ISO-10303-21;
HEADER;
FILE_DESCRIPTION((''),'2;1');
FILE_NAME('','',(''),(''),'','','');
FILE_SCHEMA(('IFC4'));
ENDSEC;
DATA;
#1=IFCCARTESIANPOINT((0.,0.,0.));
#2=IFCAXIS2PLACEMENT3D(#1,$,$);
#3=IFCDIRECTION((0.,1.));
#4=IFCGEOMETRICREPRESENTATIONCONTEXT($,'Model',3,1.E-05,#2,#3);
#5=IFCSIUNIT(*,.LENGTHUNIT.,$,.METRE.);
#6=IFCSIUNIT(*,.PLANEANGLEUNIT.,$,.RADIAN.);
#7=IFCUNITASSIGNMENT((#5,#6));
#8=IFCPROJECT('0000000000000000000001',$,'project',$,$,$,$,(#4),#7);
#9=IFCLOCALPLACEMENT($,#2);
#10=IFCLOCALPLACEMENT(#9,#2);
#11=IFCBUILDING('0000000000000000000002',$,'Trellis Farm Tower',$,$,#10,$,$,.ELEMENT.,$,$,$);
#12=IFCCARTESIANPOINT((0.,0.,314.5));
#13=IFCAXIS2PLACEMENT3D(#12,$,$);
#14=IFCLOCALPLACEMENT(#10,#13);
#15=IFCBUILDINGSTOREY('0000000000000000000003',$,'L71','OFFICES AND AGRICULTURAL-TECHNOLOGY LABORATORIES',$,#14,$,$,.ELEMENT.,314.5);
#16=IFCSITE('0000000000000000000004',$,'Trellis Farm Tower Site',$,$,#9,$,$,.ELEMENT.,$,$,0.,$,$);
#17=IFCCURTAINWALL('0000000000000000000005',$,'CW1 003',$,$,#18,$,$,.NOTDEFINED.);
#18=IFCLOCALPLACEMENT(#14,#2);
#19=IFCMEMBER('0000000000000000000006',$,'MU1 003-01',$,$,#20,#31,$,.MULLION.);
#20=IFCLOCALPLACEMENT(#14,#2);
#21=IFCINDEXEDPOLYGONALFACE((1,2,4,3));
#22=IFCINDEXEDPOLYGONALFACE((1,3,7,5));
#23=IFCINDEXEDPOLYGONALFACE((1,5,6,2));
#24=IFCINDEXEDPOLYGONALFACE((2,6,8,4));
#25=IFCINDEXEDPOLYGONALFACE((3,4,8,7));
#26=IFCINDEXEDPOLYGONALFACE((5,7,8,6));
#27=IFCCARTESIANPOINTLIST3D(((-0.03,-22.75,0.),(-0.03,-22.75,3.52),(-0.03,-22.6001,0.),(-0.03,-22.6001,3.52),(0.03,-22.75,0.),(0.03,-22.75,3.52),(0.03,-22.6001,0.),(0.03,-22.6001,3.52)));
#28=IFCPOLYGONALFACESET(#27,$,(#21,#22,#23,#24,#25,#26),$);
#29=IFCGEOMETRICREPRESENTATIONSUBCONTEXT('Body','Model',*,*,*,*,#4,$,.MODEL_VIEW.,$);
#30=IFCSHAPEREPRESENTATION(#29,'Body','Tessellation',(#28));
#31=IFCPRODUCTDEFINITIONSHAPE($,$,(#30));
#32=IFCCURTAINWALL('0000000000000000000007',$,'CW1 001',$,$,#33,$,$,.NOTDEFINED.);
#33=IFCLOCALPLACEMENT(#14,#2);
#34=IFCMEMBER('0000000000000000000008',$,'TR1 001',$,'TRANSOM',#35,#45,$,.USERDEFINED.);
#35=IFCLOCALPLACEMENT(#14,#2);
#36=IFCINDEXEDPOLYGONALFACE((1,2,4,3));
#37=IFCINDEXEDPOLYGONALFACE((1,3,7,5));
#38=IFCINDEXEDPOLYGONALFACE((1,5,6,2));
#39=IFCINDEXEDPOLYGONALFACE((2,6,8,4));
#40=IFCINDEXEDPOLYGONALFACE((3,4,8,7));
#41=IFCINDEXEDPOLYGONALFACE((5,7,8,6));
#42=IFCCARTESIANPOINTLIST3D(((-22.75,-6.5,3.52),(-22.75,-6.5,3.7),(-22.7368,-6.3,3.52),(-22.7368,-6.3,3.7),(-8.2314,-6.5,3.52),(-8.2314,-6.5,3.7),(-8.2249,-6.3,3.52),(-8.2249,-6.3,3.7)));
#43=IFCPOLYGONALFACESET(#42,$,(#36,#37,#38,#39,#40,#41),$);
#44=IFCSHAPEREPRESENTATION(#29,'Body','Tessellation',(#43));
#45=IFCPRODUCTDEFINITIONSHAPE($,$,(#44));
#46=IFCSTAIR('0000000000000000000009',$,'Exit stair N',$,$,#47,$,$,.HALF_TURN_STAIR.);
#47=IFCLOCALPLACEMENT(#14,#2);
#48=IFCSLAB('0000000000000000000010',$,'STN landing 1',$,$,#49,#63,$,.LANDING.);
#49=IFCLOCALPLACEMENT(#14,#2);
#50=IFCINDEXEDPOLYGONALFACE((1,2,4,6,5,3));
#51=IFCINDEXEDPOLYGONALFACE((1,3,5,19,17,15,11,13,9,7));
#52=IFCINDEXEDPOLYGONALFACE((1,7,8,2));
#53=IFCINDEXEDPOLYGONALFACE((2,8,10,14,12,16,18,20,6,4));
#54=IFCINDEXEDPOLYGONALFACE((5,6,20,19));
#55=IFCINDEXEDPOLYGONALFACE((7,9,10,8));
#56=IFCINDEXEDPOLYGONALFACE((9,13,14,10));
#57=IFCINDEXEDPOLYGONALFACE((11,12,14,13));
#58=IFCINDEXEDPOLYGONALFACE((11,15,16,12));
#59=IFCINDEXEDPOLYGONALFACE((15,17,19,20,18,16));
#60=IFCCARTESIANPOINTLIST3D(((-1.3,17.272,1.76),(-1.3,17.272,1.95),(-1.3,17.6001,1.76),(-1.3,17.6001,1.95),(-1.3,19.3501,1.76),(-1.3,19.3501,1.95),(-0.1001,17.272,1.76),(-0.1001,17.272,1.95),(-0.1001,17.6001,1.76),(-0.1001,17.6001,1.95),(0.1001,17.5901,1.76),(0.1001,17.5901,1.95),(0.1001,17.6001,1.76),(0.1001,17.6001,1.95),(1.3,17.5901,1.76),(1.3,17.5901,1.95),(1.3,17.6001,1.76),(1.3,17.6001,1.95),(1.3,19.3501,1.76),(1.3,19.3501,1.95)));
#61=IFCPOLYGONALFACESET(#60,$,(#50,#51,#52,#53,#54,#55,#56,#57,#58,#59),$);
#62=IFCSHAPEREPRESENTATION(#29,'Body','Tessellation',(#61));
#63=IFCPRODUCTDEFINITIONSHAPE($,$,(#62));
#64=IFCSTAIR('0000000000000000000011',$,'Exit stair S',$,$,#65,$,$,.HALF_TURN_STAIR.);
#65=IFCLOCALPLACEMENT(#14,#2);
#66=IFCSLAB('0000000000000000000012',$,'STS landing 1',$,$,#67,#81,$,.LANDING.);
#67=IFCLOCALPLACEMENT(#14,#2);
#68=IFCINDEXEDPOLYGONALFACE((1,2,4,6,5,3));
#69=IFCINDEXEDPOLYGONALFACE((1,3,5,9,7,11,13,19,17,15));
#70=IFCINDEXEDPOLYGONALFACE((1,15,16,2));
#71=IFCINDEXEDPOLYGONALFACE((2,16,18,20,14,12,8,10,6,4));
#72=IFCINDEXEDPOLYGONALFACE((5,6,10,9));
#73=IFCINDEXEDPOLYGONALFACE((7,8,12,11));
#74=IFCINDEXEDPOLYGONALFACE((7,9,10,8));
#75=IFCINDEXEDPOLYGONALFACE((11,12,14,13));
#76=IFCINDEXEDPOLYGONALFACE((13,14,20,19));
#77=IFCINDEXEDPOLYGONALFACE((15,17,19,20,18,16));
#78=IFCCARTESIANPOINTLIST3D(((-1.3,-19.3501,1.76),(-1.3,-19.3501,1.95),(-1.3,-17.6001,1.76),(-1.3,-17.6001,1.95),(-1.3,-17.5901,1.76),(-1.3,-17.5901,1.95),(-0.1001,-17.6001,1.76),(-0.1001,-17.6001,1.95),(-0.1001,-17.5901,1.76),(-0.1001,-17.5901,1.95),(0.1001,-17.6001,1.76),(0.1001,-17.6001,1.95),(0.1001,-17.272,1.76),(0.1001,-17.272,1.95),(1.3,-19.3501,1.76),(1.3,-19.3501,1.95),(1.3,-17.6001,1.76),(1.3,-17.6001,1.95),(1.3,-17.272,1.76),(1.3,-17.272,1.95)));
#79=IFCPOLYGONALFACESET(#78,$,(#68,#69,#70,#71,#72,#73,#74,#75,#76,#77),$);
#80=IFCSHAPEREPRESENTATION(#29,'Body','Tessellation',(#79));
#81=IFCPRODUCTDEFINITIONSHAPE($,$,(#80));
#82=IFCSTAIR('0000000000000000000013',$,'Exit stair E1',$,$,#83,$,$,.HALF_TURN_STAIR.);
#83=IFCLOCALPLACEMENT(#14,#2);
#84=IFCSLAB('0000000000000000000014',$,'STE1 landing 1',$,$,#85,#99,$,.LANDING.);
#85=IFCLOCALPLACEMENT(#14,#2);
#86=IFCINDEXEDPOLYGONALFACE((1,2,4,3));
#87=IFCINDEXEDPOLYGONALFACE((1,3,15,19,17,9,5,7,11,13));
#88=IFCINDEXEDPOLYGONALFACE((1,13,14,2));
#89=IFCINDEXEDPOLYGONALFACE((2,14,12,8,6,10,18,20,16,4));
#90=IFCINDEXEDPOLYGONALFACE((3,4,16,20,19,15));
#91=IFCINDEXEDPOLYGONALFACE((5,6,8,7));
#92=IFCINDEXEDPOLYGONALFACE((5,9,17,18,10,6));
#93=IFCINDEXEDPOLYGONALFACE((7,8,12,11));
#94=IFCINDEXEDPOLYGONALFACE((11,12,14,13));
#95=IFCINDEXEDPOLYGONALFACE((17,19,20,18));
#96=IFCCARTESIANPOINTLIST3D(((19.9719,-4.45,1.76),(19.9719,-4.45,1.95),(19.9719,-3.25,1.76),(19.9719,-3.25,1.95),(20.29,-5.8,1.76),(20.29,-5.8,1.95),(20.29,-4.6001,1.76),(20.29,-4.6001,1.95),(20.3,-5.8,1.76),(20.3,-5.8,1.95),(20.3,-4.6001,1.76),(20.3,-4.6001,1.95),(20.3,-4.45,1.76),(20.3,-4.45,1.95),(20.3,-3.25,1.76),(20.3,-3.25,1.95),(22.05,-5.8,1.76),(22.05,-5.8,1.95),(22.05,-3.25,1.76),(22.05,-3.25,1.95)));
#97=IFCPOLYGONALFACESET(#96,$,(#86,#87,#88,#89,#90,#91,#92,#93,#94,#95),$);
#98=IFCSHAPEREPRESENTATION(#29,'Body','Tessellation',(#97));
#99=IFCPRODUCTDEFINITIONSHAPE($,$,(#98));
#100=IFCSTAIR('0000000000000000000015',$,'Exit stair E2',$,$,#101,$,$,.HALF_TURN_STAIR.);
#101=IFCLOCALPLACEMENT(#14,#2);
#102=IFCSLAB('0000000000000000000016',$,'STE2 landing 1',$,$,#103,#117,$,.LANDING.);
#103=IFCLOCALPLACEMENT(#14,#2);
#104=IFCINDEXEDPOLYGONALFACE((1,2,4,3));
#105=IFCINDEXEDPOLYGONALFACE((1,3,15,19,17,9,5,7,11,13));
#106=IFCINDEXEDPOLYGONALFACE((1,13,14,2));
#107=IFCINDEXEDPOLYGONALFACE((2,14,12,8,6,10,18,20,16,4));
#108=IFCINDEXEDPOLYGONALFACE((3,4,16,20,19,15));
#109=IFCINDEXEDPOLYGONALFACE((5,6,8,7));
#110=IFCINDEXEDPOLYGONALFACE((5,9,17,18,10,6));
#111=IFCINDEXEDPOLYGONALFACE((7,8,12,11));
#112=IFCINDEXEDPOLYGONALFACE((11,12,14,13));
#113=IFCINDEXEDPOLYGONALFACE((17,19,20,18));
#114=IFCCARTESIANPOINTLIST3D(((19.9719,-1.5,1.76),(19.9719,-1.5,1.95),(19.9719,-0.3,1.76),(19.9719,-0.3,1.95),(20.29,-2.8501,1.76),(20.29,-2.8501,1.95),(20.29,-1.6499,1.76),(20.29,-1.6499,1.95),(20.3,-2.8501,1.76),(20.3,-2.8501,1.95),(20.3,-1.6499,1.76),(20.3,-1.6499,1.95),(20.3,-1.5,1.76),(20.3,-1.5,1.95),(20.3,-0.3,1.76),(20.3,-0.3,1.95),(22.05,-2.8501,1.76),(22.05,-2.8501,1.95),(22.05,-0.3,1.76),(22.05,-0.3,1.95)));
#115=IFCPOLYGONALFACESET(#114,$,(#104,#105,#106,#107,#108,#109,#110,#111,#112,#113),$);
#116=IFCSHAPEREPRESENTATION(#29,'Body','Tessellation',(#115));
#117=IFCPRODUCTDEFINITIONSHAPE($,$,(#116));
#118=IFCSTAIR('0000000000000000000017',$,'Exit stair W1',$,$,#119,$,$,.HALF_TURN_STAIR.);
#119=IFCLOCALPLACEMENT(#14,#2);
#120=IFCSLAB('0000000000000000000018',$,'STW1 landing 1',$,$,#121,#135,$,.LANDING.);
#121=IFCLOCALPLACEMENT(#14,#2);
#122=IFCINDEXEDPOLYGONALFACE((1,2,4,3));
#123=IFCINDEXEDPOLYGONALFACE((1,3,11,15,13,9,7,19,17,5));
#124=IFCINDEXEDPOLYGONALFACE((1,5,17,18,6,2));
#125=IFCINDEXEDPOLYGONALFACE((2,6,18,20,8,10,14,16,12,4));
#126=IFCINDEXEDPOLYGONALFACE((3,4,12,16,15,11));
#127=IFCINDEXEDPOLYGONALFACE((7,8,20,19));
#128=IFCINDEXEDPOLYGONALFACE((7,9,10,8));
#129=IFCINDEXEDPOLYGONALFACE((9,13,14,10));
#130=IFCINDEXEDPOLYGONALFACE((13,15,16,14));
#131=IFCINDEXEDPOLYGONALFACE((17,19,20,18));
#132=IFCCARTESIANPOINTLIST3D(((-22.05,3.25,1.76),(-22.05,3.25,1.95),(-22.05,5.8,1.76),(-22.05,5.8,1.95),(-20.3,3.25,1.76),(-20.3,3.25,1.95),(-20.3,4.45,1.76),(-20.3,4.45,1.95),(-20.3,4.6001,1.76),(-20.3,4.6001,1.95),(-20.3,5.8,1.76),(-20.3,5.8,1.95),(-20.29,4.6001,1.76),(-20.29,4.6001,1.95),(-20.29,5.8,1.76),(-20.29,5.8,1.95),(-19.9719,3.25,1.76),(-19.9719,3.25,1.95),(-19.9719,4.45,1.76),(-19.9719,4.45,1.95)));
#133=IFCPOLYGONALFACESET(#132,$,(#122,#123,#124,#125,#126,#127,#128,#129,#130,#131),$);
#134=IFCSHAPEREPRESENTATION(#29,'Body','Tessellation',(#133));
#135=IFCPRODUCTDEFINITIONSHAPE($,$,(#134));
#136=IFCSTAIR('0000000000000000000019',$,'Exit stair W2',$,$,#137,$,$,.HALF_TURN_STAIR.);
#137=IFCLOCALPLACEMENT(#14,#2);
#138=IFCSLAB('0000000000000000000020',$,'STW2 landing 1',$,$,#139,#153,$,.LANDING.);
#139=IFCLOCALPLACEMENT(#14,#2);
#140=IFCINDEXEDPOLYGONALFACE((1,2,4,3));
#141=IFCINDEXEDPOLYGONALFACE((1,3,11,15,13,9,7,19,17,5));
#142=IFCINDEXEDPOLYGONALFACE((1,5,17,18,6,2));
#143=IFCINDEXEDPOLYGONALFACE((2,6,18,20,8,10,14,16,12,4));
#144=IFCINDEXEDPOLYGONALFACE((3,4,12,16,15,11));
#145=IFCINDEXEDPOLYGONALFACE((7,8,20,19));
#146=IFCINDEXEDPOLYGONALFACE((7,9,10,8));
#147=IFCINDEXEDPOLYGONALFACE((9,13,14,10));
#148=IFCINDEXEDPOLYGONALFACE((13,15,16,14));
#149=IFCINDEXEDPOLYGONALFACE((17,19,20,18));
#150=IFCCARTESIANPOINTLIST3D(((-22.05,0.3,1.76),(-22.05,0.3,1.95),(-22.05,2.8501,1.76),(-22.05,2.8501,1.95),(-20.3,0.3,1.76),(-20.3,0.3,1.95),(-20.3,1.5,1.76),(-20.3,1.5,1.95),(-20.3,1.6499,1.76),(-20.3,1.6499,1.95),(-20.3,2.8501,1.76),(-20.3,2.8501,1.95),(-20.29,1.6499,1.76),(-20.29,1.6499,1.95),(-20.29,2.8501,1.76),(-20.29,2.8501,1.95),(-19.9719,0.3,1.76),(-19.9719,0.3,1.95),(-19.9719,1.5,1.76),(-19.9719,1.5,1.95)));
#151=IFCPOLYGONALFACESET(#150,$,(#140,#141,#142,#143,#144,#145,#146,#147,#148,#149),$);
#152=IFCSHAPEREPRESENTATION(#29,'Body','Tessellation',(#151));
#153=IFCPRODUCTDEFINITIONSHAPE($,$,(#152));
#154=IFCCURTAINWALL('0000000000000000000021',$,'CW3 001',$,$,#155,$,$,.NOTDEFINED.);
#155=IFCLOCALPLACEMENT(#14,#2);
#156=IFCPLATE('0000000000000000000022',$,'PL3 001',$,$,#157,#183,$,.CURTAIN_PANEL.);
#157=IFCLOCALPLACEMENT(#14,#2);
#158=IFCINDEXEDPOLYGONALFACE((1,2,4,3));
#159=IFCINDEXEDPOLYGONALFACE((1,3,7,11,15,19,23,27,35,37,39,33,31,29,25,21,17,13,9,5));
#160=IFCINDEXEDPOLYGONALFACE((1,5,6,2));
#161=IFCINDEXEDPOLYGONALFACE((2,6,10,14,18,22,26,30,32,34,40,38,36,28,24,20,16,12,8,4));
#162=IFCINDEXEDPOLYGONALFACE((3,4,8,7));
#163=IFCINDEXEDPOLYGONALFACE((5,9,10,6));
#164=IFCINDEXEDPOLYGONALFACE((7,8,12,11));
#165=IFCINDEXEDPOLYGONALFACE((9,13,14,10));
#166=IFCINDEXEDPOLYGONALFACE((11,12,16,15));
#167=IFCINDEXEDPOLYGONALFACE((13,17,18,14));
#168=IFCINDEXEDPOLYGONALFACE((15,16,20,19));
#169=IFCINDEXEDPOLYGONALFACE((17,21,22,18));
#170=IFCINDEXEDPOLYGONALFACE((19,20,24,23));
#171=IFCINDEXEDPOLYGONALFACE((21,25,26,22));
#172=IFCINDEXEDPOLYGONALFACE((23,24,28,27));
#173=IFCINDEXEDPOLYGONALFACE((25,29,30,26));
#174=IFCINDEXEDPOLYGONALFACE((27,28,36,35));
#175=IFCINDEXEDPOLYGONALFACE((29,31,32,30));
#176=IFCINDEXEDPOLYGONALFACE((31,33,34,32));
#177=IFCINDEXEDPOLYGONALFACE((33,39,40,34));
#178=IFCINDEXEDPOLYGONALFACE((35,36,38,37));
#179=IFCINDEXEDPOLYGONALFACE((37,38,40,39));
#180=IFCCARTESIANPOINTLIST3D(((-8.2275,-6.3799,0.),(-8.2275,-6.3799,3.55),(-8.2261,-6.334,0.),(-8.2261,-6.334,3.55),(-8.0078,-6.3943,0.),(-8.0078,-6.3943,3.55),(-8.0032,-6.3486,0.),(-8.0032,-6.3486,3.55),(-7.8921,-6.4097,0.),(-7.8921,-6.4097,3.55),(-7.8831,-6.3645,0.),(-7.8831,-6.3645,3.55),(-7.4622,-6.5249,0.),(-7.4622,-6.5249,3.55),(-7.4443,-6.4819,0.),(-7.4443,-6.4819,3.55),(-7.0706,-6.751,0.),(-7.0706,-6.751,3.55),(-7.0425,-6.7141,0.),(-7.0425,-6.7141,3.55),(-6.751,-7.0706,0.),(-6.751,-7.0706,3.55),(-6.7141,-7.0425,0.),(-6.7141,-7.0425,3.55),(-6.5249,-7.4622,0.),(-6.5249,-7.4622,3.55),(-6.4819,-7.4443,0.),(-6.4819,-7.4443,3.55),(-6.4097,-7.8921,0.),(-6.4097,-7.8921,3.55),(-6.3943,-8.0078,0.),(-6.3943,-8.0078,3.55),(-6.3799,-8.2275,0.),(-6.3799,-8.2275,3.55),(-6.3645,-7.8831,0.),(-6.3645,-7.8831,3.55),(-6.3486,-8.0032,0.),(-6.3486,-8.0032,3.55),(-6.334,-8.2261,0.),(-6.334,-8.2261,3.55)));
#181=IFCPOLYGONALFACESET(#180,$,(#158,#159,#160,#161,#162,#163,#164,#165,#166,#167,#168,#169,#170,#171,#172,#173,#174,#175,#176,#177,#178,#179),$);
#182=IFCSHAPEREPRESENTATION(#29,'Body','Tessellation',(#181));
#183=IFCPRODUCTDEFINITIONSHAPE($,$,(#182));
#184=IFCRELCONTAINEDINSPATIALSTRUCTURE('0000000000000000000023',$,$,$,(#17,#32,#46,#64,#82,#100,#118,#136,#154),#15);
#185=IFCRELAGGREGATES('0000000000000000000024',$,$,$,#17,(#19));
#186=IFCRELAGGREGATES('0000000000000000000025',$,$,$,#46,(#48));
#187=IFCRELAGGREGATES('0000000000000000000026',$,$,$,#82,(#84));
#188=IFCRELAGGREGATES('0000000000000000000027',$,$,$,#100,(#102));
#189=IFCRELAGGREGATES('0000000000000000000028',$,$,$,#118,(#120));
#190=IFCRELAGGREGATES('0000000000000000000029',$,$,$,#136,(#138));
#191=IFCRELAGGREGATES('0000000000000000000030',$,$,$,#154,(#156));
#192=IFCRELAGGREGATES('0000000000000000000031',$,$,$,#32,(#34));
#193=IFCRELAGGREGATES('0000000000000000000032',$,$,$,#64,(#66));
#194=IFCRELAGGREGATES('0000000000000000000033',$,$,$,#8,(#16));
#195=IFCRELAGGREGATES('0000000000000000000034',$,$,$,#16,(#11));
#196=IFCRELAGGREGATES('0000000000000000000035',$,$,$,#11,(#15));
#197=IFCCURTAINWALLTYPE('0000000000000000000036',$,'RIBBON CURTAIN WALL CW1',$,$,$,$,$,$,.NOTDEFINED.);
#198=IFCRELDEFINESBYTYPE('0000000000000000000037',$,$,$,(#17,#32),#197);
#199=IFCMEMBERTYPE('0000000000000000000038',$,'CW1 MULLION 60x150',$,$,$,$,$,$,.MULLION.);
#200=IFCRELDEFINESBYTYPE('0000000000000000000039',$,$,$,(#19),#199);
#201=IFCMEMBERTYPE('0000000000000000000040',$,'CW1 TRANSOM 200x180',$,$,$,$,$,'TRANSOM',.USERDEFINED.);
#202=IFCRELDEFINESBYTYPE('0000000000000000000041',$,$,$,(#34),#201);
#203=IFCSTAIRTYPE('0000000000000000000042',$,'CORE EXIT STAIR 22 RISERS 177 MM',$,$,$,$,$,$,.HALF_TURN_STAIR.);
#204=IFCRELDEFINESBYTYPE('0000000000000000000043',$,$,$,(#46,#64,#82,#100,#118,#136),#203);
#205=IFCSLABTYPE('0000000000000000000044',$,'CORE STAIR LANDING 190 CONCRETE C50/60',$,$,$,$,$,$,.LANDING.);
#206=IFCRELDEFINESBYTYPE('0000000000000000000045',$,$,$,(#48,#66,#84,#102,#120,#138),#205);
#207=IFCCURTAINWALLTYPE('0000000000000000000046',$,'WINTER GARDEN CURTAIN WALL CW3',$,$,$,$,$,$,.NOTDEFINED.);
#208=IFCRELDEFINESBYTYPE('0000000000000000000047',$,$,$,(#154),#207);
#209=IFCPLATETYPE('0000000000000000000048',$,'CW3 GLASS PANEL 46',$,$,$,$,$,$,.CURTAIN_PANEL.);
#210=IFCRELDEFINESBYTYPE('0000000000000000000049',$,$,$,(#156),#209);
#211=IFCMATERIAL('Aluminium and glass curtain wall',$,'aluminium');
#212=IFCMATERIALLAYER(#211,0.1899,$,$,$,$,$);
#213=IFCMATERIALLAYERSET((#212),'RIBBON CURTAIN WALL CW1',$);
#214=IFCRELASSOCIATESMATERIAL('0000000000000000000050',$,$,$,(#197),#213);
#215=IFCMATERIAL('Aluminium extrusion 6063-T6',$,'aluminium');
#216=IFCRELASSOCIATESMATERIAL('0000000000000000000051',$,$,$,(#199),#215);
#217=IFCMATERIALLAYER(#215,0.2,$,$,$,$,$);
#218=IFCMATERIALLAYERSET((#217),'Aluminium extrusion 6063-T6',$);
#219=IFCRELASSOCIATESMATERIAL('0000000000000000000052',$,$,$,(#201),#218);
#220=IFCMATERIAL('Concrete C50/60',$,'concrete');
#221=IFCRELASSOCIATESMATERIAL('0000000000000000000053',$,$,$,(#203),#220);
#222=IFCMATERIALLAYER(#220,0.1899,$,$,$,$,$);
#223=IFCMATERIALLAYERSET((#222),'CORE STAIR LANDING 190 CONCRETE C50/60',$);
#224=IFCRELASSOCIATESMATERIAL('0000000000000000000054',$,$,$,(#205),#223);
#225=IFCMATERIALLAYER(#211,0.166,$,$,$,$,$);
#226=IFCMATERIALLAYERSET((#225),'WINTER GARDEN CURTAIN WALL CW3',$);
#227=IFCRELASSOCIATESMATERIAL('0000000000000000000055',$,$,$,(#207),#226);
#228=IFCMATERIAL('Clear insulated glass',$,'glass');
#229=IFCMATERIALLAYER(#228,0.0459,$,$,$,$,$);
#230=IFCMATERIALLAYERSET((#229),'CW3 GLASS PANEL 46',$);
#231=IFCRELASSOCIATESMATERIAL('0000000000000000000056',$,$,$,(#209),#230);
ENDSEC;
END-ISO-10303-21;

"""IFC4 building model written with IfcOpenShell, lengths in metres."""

from ifc_helpers import new_model, si_unit, direction, frame, origin, origin_2d, place, context, subcontext, project, spatial, polyline, rectangle, outline, extrude, source, transform, mapped, material, layer, layer_set, material_profile, profile_set, type_object, element, aggregate, save


model = new_model("IFC4")

# Units and contexts
model_context = context("Model", 3, precision=1e-05, world=origin(), true_north=direction((0.0, 1.0)))
body_context = subcontext(model_context, "Body", "Model", "MODEL_VIEW")
ifc_project = project(units=[si_unit("LENGTHUNIT", "METRE"), si_unit("PLANEANGLEUNIT", "RADIAN")], contexts=[model_context])

# Site, building, storey
site_placement = place(None, origin())
site = spatial("IfcSite", under=ifc_project, at=site_placement, Name="Trellis Farm Tower Site", CompositionType="ELEMENT", RefElevation=0.0)
building_placement = place(site_placement, origin())
building = spatial("IfcBuilding", under=site, at=building_placement, Name="Trellis Farm Tower", CompositionType="ELEMENT")
storey_placement = place(building_placement, frame((0.0, 0.0, 314.5)))
storey = spatial("IfcBuildingStorey", under=building, at=storey_placement, Name="L71", Description="OFFICES AND AGRICULTURAL-TECHNOLOGY LABORATORIES", CompositionType="ELEMENT", Elevation=314.5)

# Curtain walls, members
ifc_material_1 = material(Name="Aluminium and glass curtain wall", Category="aluminium")
ifc_layer_1 = layer(ifc_material_1, 0.1899)
ifc_layer_set_1 = layer_set([ifc_layer_1], Name="RIBBON CURTAIN WALL CW1")
curtain_wall_type_1 = type_object("IfcCurtainWallType", Name="RIBBON CURTAIN WALL CW1", PredefinedType="NOTDEFINED", material=ifc_layer_set_1)
placement_1 = place(storey_placement, origin())
curtain_wall_1 = element("IfcCurtainWall", 1, at=placement_1, inside=storey, type_object=curtain_wall_type_1, Name="CW1 003", PredefinedType="NOTDEFINED")
ifc_material_2 = material(Name="Aluminium extrusion 6063-T6", Category="aluminium")
ifc_material_profile_1 = material_profile(ifc_material_2, rectangle(XDim=0.0601, YDim=0.1499, at=origin_2d()), Name="MULLION 60x150")
ifc_profile_set_1 = profile_set([ifc_material_profile_1], Name="Aluminium extrusion 6063-T6")
member_type_1 = type_object("IfcMemberType", Name="CW1 MULLION 60x150", PredefinedType="MULLION", material=ifc_profile_set_1)
shared_shape_1 = source(origin(), body_context, "Body", "SweptSolid", [
    extrude(rectangle(XDim=0.0601, YDim=0.1499, at=origin_2d()), origin(), (0.0, 0.0, 1.0), 3.52),
])
member_1_placement = place(storey_placement, frame((0.0, -22.675, 0.0), z_axis=(0.0, 0.0, 1.0), x_axis=(1.0, 0.0, 0.0)))
member_1 = element("IfcMember", 2, at=member_1_placement, type_object=member_type_1, Name="MU1 003-01", PredefinedType="MULLION", context=body_context, shape_type="MappedRepresentation", body=[
    mapped(shared_shape_1, transform((0.0, 0.0, 0.0))),
])
aggregate(curtain_wall_1, [member_1])
curtain_wall_2 = element("IfcCurtainWall", 3, at=placement_1, inside=storey, type_object=curtain_wall_type_1, Name="CW1 001", PredefinedType="NOTDEFINED")
ifc_layer_2 = layer(ifc_material_2, 0.2)
ifc_layer_set_2 = layer_set([ifc_layer_2], Name="Aluminium extrusion 6063-T6")
member_type_2 = type_object("IfcMemberType", Name="CW1 TRANSOM 200x180", ElementType="TRANSOM", PredefinedType="USERDEFINED", material=ifc_layer_set_2)
shared_shape_2 = source(origin(), body_context, "Body", "SweptSolid", [
    extrude(outline(polyline([(-22.75, -6.5), (-8.2314, -6.5), (-8.2249, -6.3), (-22.7368, -6.3), (-22.75, -6.5)])), origin(), (0.0, 0.0, 1.0), 0.1799),
])
member_2_placement = place(storey_placement, frame((0.0, 0.0, 3.52)))
member_2 = element("IfcMember", 4, at=member_2_placement, type_object=member_type_2, Name="TR1 001", ObjectType="TRANSOM", PredefinedType="USERDEFINED", context=body_context, shape_type="MappedRepresentation", body=[
    mapped(shared_shape_2, transform((0.0, 0.0, 0.0))),
])

# Stairs, slabs
ifc_material_3 = material(Name="Concrete C50/60", Category="concrete")
stair_type = type_object("IfcStairType", Name="CORE EXIT STAIR 22 RISERS 177 MM", PredefinedType="HALF_TURN_STAIR", material=ifc_material_3)
stair_1 = element("IfcStair", 5, at=placement_1, inside=storey, type_object=stair_type, Name="Exit stair N", PredefinedType="HALF_TURN_STAIR")
ifc_layer_3 = layer(ifc_material_3, 0.1899)
ifc_layer_set_3 = layer_set([ifc_layer_3], Name="CORE STAIR LANDING 190 CONCRETE C50/60")
slab_type_1 = type_object("IfcSlabType", Name="CORE STAIR LANDING 190 CONCRETE C50/60", PredefinedType="LANDING", material=ifc_layer_set_3)
shared_shape_3 = source(origin(), body_context, "Body", "SweptSolid", [
    extrude(outline(polyline([(-0.1001, 17.272), (-1.3, 17.272), (-1.3, 17.6001), (-1.3, 19.3501), (1.3, 19.3501), (1.3, 17.6001), (1.3, 17.5901), (0.1001, 17.5901), (0.1001, 17.6001), (-0.1001, 17.6001), (-0.1001, 17.272)])), origin(), (0.0, 0.0, 1.0), 0.1899),
])
placement_2 = place(storey_placement, frame((0.0, 0.0, 1.76)))
slab_1 = element("IfcSlab", 6, at=placement_2, type_object=slab_type_1, Name="STN landing 1", PredefinedType="LANDING", context=body_context, shape_type="MappedRepresentation", body=[
    mapped(shared_shape_3, transform((0.0, 0.0, 0.0))),
])
aggregate(stair_1, [slab_1])
stair_2 = element("IfcStair", 7, at=placement_1, inside=storey, type_object=stair_type, Name="Exit stair S", PredefinedType="HALF_TURN_STAIR")
shared_shape_4 = source(origin(), body_context, "Body", "SweptSolid", [
    extrude(outline(polyline([(1.3, -19.3501), (-1.3, -19.3501), (-1.3, -17.6001), (-1.3, -17.5901), (-0.1001, -17.5901), (-0.1001, -17.6001), (0.1001, -17.6001), (0.1001, -17.272), (1.3, -17.272), (1.3, -17.6001), (1.3, -19.3501)])), origin(), (0.0, 0.0, 1.0), 0.1899),
])
slab_2 = element("IfcSlab", 8, at=placement_2, type_object=slab_type_1, Name="STS landing 1", PredefinedType="LANDING", context=body_context, shape_type="MappedRepresentation", body=[
    mapped(shared_shape_4, transform((0.0, 0.0, 0.0))),
])
stair_3 = element("IfcStair", 9, at=placement_1, inside=storey, type_object=stair_type, Name="Exit stair E1", PredefinedType="HALF_TURN_STAIR")
shared_shape_5 = source(origin(), body_context, "Body", "SweptSolid", [
    extrude(outline(polyline([(20.29, -5.8), (20.29, -4.6001), (20.3, -4.6001), (20.3, -4.45), (19.9719, -4.45), (19.9719, -3.25), (20.3, -3.25), (22.05, -3.25), (22.05, -5.8), (20.3, -5.8), (20.29, -5.8)])), origin(), (0.0, 0.0, 1.0), 0.1899),
])
slab_3 = element("IfcSlab", 10, at=placement_2, type_object=slab_type_1, Name="STE1 landing 1", PredefinedType="LANDING", context=body_context, shape_type="MappedRepresentation", body=[
    mapped(shared_shape_5, transform((0.0, 0.0, 0.0))),
])
aggregate(stair_3, [slab_3])
stair_4 = element("IfcStair", 11, at=placement_1, inside=storey, type_object=stair_type, Name="Exit stair E2", PredefinedType="HALF_TURN_STAIR")
shared_shape_6 = source(origin(), body_context, "Body", "SweptSolid", [
    extrude(outline(polyline([(20.29, -2.8501), (20.29, -1.6499), (20.3, -1.6499), (20.3, -1.5), (19.9719, -1.5), (19.9719, -0.3), (20.3, -0.3), (22.05, -0.3), (22.05, -2.8501), (20.3, -2.8501), (20.29, -2.8501)])), origin(), (0.0, 0.0, 1.0), 0.1899),
])
slab_4 = element("IfcSlab", 12, at=placement_2, type_object=slab_type_1, Name="STE2 landing 1", PredefinedType="LANDING", context=body_context, shape_type="MappedRepresentation", body=[
    mapped(shared_shape_6, transform((0.0, 0.0, 0.0))),
])
aggregate(stair_4, [slab_4])
stair_5 = element("IfcStair", 13, at=placement_1, inside=storey, type_object=stair_type, Name="Exit stair W1", PredefinedType="HALF_TURN_STAIR")
shared_shape_7 = source(origin(), body_context, "Body", "SweptSolid", [
    extrude(outline(polyline([(-19.9719, 4.45), (-19.9719, 3.25), (-20.3, 3.25), (-22.05, 3.25), (-22.05, 5.8), (-20.3, 5.8), (-20.29, 5.8), (-20.29, 4.6001), (-20.3, 4.6001), (-20.3, 4.45), (-19.9719, 4.45)])), origin(), (0.0, 0.0, 1.0), 0.1899),
])
slab_5 = element("IfcSlab", 14, at=placement_2, type_object=slab_type_1, Name="STW1 landing 1", PredefinedType="LANDING", context=body_context, shape_type="MappedRepresentation", body=[
    mapped(shared_shape_7, transform((0.0, 0.0, 0.0))),
])
aggregate(stair_5, [slab_5])
stair_6 = element("IfcStair", 15, at=placement_1, inside=storey, type_object=stair_type, Name="Exit stair W2", PredefinedType="HALF_TURN_STAIR")
shared_shape_8 = source(origin(), body_context, "Body", "SweptSolid", [
    extrude(outline(polyline([(-19.9719, 1.5), (-19.9719, 0.3), (-20.3, 0.3), (-22.05, 0.3), (-22.05, 2.8501), (-20.3, 2.8501), (-20.29, 2.8501), (-20.29, 1.6499), (-20.3, 1.6499), (-20.3, 1.5), (-19.9719, 1.5)])), origin(), (0.0, 0.0, 1.0), 0.1899),
])
slab_6 = element("IfcSlab", 16, at=placement_2, type_object=slab_type_1, Name="STW2 landing 1", PredefinedType="LANDING", context=body_context, shape_type="MappedRepresentation", body=[
    mapped(shared_shape_8, transform((0.0, 0.0, 0.0))),
])
aggregate(stair_6, [slab_6])

# Curtain wall, plate
ifc_layer_4 = layer(ifc_material_1, 0.166)
ifc_layer_set_4 = layer_set([ifc_layer_4], Name="WINTER GARDEN CURTAIN WALL CW3")
curtain_wall_type_2 = type_object("IfcCurtainWallType", Name="WINTER GARDEN CURTAIN WALL CW3", PredefinedType="NOTDEFINED", material=ifc_layer_set_4)
curtain_wall_3 = element("IfcCurtainWall", 17, at=placement_1, inside=storey, type_object=curtain_wall_type_2, Name="CW3 001", PredefinedType="NOTDEFINED")
ifc_material_4 = material(Name="Clear insulated glass", Category="glass")
ifc_layer_5 = layer(ifc_material_4, 0.0459)
ifc_layer_set_5 = layer_set([ifc_layer_5], Name="CW3 GLASS PANEL 46")
plate_type_1 = type_object("IfcPlateType", Name="CW3 GLASS PANEL 46", PredefinedType="CURTAIN_PANEL", material=ifc_layer_set_5)
shared_shape_9 = source(origin(), body_context, "Body", "SweptSolid", [
    extrude(outline(polyline([(-8.2275, -6.3799), (-8.0078, -6.3943), (-7.8921, -6.4097), (-7.4622, -6.5249), (-7.0706, -6.751), (-6.751, -7.0706), (-6.5249, -7.4622), (-6.4097, -7.8921), (-6.3943, -8.0078), (-6.3799, -8.2275), (-6.334, -8.2261), (-6.3486, -8.0032), (-6.3645, -7.8831), (-6.4819, -7.4443), (-6.7141, -7.0425), (-7.0425, -6.7141), (-7.4443, -6.4819), (-7.8831, -6.3645), (-8.0032, -6.3486), (-8.2261, -6.334), (-8.2275, -6.3799)])), origin(), (0.0, 0.0, 1.0), 3.55),
])
plate_1 = element("IfcPlate", 18, at=placement_1, type_object=plate_type_1, Name="PL3 001", PredefinedType="CURTAIN_PANEL", context=body_context, shape_type="MappedRepresentation", body=[
    mapped(shared_shape_9, transform((0.0, 0.0, 0.0))),
])
aggregate(curtain_wall_3, [plate_1])

aggregate(curtain_wall_2, [member_2])

aggregate(stair_2, [slab_2])

save(model, "model.ifc")
